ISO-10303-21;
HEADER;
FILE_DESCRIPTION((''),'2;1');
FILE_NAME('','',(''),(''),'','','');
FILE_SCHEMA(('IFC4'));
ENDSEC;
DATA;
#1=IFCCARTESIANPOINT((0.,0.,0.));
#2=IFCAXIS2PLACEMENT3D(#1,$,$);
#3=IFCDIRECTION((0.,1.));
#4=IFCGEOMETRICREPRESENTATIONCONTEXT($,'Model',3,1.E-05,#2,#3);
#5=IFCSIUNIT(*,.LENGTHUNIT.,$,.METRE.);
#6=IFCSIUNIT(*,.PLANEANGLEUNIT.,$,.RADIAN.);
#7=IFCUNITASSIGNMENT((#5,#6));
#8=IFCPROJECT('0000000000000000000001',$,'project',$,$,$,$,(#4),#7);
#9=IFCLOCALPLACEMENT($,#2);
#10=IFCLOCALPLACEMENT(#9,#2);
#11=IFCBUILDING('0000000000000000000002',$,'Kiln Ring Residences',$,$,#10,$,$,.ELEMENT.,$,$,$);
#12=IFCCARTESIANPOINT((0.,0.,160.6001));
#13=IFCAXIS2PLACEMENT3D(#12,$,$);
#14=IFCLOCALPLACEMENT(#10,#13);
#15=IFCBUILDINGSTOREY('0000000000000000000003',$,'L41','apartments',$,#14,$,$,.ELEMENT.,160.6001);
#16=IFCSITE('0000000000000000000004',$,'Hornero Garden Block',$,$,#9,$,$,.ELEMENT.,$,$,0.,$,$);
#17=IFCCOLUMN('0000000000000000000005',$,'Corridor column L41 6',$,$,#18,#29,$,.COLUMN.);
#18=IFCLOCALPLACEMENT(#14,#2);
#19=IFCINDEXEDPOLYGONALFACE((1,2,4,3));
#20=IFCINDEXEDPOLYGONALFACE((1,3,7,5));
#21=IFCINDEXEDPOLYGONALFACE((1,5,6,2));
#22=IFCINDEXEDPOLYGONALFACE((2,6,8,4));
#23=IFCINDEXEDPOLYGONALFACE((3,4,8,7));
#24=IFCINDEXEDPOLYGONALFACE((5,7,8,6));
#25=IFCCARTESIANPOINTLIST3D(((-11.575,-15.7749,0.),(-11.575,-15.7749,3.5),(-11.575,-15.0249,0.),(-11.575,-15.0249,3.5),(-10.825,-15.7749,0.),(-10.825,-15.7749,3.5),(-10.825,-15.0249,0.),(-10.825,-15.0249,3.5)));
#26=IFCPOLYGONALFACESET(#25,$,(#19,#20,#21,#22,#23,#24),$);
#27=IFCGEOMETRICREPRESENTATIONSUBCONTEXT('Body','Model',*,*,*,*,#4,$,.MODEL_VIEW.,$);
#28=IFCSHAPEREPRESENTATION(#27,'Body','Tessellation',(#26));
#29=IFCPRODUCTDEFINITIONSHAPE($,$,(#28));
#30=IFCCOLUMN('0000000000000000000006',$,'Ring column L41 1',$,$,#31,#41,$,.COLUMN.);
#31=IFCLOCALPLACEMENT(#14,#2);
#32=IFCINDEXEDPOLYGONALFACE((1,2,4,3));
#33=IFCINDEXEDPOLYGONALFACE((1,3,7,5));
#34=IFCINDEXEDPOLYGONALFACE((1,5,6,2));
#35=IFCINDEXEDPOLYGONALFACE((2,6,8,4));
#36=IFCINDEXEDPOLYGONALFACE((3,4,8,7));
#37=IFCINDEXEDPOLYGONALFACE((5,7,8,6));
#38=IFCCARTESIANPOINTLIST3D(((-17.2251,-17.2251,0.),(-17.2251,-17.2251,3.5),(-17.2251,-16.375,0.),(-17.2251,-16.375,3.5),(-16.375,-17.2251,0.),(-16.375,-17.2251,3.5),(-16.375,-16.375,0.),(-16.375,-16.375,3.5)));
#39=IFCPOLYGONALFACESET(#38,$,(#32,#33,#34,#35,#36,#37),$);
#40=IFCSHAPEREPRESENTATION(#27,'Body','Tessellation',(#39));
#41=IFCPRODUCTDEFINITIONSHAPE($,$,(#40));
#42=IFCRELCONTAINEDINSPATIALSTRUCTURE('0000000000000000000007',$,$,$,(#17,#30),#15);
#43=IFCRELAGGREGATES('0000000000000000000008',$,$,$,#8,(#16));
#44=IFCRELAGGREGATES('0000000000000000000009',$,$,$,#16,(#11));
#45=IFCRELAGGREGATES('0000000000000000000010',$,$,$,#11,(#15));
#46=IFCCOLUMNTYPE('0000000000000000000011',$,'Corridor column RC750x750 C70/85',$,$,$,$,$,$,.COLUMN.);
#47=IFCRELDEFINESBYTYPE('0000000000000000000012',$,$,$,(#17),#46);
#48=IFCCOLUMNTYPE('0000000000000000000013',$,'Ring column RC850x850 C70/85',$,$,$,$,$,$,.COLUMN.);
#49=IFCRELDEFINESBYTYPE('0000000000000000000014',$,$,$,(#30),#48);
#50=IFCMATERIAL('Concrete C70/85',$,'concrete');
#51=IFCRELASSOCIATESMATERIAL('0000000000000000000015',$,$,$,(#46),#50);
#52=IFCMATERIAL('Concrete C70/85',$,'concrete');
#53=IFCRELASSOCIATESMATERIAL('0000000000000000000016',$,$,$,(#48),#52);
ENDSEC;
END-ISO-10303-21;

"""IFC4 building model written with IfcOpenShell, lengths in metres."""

from ifc_helpers import new_model, si_unit, direction, frame, origin, origin_2d, place, context, subcontext, project, spatial, rectangle, extrude, material, material_profile, profile_set, type_object, element, save


model = new_model("IFC4")

# Units and contexts
model_context = context("Model", 3, precision=1e-05, world=origin(), true_north=direction((0.0, 1.0)))
body_context = subcontext(model_context, "Body", "Model", "MODEL_VIEW")
ifc_project = project(units=[si_unit("LENGTHUNIT", "METRE"), si_unit("PLANEANGLEUNIT", "RADIAN")], contexts=[model_context])

# Site, building, storey
site_placement = place(None, origin())
site = spatial("IfcSite", under=ifc_project, at=site_placement, Name="Hornero Garden Block", CompositionType="ELEMENT", RefElevation=0.0)
building_placement = place(site_placement, origin())
building = spatial("IfcBuilding", under=site, at=building_placement, Name="Kiln Ring Residences", CompositionType="ELEMENT")
storey_placement = place(building_placement, frame((0.0, 0.0, 160.6001)))
storey = spatial("IfcBuildingStorey", under=building, at=storey_placement, Name="L41", Description="apartments", CompositionType="ELEMENT", Elevation=160.6001)

# Columns
ifc_material_1 = material(Name="Concrete C70/85", Category="concrete")
ifc_material_profile_1 = material_profile(ifc_material_1, rectangle(XDim=0.75, YDim=0.75, at=origin_2d()), Name="RC750x750")
ifc_profile_set_1 = profile_set([ifc_material_profile_1], Name="Concrete C70/85")
column_type_1 = type_object("IfcColumnType", Name="Corridor column RC750x750 C70/85", PredefinedType="COLUMN", material=ifc_profile_set_1)
column_1_placement = place(storey_placement, frame((-11.2, -15.3999, 0.0), z_axis=(0.0, 0.0, 1.0), x_axis=(1.0, 0.0, 0.0)))
element("IfcColumn", 1, at=column_1_placement, inside=storey, type_object=column_type_1, Name="Corridor column L41 6", PredefinedType="COLUMN", context=body_context, shape_type="SweptSolid", body=[
    extrude(rectangle(XDim=0.75, YDim=0.75, at=origin_2d()), origin(), (0.0, 0.0, 1.0), 3.5),
])
ifc_material_2 = material(Name="Concrete C70/85", Category="concrete")
ifc_material_profile_2 = material_profile(ifc_material_2, rectangle(XDim=0.8501, YDim=0.8501, at=origin_2d()), Name="RC850x850")
ifc_profile_set_2 = profile_set([ifc_material_profile_2], Name="Concrete C70/85")
column_type_2 = type_object("IfcColumnType", Name="Ring column RC850x850 C70/85", PredefinedType="COLUMN", material=ifc_profile_set_2)
column_2_placement = place(storey_placement, frame((-16.8, -16.8, 0.0), z_axis=(0.0, 0.0, 1.0), x_axis=(1.0, 0.0, 0.0)))
element("IfcColumn", 2, at=column_2_placement, inside=storey, type_object=column_type_2, Name="Ring column L41 1", PredefinedType="COLUMN", context=body_context, shape_type="SweptSolid", body=[
    extrude(rectangle(XDim=0.8501, YDim=0.8501, at=origin_2d()), origin(), (0.0, 0.0, 1.0), 3.5),
])

save(model, "model.ifc")
